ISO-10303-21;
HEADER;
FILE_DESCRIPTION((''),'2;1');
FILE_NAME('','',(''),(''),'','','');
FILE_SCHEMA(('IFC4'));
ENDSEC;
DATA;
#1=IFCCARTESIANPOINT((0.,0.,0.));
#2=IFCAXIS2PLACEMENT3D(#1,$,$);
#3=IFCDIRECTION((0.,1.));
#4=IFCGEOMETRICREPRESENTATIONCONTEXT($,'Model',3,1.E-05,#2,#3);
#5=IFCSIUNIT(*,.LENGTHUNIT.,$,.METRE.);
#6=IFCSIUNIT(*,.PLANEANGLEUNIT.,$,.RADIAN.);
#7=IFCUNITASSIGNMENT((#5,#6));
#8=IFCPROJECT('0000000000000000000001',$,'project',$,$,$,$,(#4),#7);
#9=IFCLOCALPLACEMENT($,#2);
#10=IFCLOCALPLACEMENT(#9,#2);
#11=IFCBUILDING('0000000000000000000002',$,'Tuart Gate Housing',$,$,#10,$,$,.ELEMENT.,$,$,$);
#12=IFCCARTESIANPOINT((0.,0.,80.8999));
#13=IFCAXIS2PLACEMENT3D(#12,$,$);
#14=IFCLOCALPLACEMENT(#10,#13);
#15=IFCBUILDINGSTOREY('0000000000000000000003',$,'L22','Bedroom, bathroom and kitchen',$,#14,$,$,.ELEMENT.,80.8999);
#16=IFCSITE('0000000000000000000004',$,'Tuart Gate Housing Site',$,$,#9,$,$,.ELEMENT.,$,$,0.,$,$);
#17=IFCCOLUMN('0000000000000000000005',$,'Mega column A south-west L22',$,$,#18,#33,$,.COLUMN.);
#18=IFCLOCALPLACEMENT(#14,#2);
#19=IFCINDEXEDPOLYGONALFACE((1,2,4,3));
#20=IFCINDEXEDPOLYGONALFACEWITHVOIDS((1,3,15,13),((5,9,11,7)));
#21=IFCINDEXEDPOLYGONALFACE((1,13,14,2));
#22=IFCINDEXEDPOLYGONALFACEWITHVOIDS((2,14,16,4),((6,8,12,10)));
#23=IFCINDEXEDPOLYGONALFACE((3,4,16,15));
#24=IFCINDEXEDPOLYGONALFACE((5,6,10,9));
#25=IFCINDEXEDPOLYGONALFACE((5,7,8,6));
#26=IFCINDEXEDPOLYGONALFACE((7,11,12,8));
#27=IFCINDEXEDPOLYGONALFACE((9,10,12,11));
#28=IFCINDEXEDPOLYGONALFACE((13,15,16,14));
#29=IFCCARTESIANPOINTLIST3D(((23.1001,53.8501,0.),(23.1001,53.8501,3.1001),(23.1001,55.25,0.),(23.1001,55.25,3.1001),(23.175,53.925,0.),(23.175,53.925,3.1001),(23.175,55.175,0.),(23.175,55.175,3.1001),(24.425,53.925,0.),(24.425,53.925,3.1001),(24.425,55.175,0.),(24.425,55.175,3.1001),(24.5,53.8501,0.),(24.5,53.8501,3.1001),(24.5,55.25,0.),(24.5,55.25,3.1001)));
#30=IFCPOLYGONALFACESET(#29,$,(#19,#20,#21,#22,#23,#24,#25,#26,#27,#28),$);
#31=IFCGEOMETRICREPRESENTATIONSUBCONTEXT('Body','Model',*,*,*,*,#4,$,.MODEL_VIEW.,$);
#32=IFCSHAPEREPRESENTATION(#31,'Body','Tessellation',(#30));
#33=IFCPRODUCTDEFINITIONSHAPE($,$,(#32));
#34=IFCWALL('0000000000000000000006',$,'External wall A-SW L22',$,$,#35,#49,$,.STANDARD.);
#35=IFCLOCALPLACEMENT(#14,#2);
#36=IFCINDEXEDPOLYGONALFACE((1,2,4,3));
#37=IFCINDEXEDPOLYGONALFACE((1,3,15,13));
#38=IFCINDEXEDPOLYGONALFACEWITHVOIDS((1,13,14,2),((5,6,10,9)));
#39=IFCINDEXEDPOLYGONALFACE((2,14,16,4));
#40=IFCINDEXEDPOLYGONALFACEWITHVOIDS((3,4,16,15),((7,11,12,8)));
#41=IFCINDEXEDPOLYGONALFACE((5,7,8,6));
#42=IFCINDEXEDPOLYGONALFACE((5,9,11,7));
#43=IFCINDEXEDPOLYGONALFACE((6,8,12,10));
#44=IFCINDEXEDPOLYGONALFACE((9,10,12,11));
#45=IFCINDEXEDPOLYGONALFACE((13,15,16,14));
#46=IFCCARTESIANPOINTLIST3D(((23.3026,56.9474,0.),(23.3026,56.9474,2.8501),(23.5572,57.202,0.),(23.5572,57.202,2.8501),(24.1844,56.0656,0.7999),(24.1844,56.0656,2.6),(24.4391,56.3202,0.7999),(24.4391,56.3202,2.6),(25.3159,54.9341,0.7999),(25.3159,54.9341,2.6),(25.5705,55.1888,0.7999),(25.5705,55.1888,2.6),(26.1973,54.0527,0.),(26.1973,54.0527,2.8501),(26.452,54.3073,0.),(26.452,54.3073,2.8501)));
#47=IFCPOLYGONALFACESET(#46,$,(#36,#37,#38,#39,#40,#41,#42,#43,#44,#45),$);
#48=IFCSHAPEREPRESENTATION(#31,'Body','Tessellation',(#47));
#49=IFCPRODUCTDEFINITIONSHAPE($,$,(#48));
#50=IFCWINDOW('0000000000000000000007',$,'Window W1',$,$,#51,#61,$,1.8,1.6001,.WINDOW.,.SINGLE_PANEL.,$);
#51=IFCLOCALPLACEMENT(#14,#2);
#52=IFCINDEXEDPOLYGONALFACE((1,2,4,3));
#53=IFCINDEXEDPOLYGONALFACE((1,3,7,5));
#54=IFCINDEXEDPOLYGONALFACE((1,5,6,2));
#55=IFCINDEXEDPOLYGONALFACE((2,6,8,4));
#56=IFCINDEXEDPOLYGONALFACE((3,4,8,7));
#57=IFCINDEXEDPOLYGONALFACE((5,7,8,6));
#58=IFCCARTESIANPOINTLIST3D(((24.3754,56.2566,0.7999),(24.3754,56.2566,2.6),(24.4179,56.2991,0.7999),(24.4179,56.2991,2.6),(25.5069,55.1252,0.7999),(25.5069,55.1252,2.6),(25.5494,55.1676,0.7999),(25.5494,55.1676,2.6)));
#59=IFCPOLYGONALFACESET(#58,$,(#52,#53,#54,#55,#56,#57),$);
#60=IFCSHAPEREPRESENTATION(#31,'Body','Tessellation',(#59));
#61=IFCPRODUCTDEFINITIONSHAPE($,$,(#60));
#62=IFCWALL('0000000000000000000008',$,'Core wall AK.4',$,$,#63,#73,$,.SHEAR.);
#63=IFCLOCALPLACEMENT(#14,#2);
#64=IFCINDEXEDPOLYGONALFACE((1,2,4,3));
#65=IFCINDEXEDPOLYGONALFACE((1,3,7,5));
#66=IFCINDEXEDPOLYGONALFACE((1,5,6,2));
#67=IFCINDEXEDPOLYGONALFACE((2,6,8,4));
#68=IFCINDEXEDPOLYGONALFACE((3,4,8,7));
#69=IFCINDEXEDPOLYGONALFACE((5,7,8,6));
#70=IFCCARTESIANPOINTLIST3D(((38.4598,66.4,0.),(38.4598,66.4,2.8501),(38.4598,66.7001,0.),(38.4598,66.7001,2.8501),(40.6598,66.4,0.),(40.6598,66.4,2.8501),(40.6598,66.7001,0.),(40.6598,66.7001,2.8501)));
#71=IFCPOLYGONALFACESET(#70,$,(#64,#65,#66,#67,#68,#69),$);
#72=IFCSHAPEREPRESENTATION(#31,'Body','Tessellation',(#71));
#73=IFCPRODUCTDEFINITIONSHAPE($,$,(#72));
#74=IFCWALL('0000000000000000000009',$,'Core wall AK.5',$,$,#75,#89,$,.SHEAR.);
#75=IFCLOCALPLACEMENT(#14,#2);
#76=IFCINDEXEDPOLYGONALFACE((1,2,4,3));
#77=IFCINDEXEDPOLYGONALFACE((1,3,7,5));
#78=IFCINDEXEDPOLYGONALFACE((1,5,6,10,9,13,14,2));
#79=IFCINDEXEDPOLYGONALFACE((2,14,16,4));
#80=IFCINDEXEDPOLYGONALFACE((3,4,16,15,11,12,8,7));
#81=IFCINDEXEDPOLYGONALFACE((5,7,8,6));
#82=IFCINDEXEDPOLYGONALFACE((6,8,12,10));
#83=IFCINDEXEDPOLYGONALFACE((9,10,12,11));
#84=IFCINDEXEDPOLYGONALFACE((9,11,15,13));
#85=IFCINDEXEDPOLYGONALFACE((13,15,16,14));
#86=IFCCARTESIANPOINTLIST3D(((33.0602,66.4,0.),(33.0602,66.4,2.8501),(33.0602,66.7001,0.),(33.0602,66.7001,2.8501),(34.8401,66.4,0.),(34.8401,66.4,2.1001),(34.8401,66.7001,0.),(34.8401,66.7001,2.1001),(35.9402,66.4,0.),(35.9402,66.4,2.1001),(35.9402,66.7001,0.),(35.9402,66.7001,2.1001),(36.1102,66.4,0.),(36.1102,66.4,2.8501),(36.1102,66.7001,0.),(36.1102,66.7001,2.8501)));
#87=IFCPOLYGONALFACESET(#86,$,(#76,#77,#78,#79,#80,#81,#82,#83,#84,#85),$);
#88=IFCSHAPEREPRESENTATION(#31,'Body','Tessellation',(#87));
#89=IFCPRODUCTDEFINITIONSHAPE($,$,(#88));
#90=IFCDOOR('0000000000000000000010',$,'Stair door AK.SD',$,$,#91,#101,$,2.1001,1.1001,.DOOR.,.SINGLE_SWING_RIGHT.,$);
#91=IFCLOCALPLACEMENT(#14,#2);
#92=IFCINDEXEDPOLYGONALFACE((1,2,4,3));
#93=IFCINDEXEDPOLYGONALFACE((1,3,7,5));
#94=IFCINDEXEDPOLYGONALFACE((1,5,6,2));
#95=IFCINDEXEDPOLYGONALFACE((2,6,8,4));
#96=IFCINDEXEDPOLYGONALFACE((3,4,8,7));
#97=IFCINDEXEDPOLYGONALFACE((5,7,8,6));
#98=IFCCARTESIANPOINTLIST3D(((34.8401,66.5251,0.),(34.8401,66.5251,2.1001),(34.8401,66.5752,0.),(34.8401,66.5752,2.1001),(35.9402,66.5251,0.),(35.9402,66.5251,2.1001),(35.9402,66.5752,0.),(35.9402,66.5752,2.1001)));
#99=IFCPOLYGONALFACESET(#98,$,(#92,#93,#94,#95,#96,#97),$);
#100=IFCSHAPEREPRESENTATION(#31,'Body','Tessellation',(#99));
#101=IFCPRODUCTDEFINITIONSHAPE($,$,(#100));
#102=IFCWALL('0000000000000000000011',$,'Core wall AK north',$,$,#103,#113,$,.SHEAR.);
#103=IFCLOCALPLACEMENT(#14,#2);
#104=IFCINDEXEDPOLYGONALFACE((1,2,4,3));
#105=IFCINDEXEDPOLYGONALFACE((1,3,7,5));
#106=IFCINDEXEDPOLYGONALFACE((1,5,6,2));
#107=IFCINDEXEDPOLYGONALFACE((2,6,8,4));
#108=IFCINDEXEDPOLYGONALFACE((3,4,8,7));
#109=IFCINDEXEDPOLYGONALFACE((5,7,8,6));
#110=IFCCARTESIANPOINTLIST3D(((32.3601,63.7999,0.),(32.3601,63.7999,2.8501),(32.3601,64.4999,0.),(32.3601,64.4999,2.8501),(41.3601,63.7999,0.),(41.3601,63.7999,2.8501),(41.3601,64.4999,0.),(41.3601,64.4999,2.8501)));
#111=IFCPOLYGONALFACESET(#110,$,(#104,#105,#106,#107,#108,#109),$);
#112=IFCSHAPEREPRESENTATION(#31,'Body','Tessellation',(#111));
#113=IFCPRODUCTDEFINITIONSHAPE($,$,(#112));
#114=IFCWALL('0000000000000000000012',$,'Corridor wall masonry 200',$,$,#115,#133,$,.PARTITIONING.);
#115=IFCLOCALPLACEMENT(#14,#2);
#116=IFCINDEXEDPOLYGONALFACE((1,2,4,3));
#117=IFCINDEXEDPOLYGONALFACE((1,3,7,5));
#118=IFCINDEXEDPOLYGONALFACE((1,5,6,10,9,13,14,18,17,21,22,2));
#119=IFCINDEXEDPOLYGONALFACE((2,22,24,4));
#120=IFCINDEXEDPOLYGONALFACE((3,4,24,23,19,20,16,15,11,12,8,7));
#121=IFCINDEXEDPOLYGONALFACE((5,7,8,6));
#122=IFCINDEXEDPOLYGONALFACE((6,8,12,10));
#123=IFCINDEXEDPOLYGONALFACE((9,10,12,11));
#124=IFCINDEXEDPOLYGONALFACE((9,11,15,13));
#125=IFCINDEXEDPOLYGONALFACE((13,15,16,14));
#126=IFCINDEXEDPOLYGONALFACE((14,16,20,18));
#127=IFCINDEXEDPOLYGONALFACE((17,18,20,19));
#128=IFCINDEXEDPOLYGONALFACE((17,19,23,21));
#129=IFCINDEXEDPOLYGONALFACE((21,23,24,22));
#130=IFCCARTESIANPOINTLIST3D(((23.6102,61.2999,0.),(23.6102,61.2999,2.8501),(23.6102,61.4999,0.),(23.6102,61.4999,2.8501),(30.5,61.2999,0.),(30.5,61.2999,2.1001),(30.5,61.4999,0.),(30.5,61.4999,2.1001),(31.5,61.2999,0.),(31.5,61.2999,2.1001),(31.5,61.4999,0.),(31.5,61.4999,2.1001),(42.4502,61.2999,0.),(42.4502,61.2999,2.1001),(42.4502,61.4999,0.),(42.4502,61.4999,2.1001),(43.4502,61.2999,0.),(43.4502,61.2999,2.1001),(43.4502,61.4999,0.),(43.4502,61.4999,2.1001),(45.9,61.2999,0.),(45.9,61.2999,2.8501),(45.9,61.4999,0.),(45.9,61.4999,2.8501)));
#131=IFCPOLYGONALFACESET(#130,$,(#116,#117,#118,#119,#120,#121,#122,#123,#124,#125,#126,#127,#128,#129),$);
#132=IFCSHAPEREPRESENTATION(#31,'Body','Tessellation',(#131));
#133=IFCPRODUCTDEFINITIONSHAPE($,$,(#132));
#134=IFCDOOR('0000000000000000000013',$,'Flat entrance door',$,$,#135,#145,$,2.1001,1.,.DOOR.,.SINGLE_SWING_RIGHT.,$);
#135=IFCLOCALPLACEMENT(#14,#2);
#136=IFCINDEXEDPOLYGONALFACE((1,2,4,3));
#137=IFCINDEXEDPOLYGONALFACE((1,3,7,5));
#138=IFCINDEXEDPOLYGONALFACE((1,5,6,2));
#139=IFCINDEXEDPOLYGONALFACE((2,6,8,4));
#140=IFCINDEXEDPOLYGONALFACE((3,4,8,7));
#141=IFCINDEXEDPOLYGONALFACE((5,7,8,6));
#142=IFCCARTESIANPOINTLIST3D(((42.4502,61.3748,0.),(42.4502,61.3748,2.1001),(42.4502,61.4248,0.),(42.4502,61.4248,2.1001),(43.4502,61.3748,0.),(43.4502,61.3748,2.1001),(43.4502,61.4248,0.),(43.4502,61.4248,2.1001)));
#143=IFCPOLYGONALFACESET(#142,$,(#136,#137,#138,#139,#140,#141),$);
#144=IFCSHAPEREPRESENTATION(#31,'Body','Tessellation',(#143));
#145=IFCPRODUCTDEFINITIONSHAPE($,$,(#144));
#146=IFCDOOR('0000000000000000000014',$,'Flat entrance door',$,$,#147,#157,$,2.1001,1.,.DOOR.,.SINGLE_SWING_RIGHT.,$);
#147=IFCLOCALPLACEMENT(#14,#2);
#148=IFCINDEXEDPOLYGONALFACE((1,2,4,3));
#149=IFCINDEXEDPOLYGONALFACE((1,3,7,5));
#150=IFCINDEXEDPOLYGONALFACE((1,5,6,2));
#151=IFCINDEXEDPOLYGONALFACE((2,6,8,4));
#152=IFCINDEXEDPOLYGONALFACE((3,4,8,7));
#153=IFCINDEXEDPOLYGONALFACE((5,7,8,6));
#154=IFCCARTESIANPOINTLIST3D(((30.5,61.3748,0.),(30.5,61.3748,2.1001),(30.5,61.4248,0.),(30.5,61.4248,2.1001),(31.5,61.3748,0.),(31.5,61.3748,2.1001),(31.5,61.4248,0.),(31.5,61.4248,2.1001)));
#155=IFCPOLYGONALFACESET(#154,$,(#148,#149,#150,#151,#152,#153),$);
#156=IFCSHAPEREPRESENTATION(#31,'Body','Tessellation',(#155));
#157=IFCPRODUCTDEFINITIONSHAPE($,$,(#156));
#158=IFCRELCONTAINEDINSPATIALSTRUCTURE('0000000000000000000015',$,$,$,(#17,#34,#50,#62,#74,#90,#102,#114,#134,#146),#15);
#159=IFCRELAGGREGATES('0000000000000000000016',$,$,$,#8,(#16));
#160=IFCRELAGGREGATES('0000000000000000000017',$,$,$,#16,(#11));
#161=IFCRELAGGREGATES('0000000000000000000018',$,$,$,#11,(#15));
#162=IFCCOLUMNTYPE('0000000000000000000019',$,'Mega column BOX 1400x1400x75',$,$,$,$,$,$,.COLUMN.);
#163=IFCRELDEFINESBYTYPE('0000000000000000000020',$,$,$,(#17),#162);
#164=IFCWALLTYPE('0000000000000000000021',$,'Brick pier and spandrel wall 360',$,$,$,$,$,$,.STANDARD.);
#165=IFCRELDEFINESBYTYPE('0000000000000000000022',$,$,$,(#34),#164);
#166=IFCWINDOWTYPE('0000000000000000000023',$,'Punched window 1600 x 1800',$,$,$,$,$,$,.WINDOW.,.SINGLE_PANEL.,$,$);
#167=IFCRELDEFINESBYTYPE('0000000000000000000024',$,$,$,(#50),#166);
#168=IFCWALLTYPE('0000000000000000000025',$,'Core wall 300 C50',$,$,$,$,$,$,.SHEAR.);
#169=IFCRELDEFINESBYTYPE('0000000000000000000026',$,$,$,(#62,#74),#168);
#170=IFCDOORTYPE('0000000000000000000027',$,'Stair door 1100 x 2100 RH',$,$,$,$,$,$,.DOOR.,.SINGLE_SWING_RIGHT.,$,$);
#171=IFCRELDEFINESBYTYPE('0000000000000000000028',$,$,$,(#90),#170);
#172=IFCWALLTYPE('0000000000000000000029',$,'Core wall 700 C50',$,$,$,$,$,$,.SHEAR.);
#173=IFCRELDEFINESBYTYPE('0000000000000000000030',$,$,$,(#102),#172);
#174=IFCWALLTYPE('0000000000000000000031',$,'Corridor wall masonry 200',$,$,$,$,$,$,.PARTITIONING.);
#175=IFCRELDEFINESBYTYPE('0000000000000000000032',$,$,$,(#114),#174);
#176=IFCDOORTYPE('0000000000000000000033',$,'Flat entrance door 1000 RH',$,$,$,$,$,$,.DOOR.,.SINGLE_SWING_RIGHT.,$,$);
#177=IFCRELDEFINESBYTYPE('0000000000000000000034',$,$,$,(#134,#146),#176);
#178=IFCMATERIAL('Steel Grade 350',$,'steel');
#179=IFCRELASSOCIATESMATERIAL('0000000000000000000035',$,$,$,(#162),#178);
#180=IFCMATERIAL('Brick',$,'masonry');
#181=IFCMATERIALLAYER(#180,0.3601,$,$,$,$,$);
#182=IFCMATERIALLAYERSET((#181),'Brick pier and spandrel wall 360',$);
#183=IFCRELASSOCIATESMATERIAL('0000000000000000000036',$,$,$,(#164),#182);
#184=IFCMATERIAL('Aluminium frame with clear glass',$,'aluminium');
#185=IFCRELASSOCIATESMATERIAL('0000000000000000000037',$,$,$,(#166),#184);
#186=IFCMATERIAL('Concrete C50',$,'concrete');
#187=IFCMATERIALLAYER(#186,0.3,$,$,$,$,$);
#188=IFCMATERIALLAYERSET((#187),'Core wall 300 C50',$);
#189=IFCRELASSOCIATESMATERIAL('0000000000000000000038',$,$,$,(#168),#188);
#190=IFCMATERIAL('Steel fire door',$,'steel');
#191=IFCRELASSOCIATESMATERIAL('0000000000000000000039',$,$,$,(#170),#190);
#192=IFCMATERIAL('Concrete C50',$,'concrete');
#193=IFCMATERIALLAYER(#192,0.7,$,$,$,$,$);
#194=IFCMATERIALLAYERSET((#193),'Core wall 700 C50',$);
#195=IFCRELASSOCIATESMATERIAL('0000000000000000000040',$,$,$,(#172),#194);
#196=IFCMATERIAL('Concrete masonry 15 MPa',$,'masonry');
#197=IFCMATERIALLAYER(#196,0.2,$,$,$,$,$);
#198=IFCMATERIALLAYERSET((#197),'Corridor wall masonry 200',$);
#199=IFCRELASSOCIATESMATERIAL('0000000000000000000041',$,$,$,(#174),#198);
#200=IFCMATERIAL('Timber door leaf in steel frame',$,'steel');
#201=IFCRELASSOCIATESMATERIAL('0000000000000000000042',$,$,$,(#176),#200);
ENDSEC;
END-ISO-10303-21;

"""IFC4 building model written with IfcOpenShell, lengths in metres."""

from ifc_helpers import new_model, si_unit, direction, frame, frame_2d, origin, origin_2d, place, context, subcontext, project, spatial, rectangle, hollow_rectangle, extrude, material, layer, layer_set, material_profile, profile_set, type_object, element, fill, save


model = new_model("IFC4")

# Units and contexts
model_context = context("Model", 3, precision=1e-05, world=origin(), true_north=direction((0.0, 1.0)))
body_context = subcontext(model_context, "Body", "Model", "MODEL_VIEW")
ifc_project = project(units=[si_unit("LENGTHUNIT", "METRE"), si_unit("PLANEANGLEUNIT", "RADIAN")], contexts=[model_context])

# Site, building, storey
site_placement = place(None, origin())
site = spatial("IfcSite", under=ifc_project, at=site_placement, Name="Tuart Gate Housing Site", CompositionType="ELEMENT", RefElevation=0.0)
building_placement = place(site_placement, origin())
building = spatial("IfcBuilding", under=site, at=building_placement, Name="Tuart Gate Housing", CompositionType="ELEMENT")
storey_placement = place(building_placement, frame((0.0, 0.0, 80.8999)))
storey = spatial("IfcBuildingStorey", under=building, at=storey_placement, Name="L22", Description="Bedroom, bathroom and kitchen", CompositionType="ELEMENT", Elevation=80.8999)

# Column
ifc_material_1 = material(Name="Steel Grade 350", Category="steel")
ifc_material_profile = material_profile(ifc_material_1, hollow_rectangle(XDim=1.3999, YDim=1.3999, WallThickness=0.075, at=origin_2d()), Name="BOX 1400x1400x75")
ifc_profile_set = profile_set([ifc_material_profile], Name="Steel Grade 350")
column_type = type_object("IfcColumnType", Name="Mega column BOX 1400x1400x75", PredefinedType="COLUMN", material=ifc_profile_set)
column_placement = place(storey_placement, frame((23.8, 54.55, 0.0), z_axis=(0.0, 0.0, 1.0), x_axis=(1.0, 0.0, 0.0)))
element("IfcColumn", 1, at=column_placement, inside=storey, type_object=column_type, Name="Mega column A south-west L22", PredefinedType="COLUMN", context=body_context, shape_type="SweptSolid", body=[
    extrude(hollow_rectangle(XDim=1.3999, YDim=1.3999, WallThickness=0.075, at=origin_2d()), origin(), (0.0, 0.0, 1.0), 3.1001),
])

# Wall, opening, window
ifc_material_2 = material(Name="Brick", Category="masonry")
ifc_layer_1 = layer(ifc_material_2, 0.3601)
ifc_layer_set_1 = layer_set([ifc_layer_1], Name="Brick pier and spandrel wall 360")
wall_type_1 = type_object("IfcWallType", Name="Brick pier and spandrel wall 360", PredefinedType="STANDARD", material=ifc_layer_set_1)
wall_1_placement = place(storey_placement, frame((23.4299, 57.0747, 0.0), z_axis=(0.0, 0.0, 1.0), x_axis=(0.707107, -0.707107, 0.0)))
wall_1 = element("IfcWall", 2, at=wall_1_placement, inside=storey, type_object=wall_type_1, Name="External wall A-SW L22", PredefinedType="STANDARD", context=body_context, shape_type="SweptSolid", body=[
    extrude(rectangle(XDim=4.0938, YDim=0.3601, at=frame_2d((2.0469, 0.0))), origin(), (0.0, 0.0, 1.0), 2.8501),
])
opening_1_placement = place(wall_1_placement, frame((1.2471, 0.0, 0.8)))
opening_1 = element("IfcOpeningElement", 3, at=opening_1_placement, cuts=wall_1, PredefinedType="OPENING", context=body_context, shape_type="SweptSolid", body=[
    extrude(rectangle(XDim=1.6001, YDim=1.8, at=frame_2d((0.8, 0.8999))), frame((0.0, 0.1899, 0.0), z_axis=(0.0, -1.0, 0.0), x_axis=(1.0, 0.0, 0.0)), (0.0, 0.0, 1.0), 0.3801),
])
ifc_material_3 = material(Name="Aluminium frame with clear glass", Category="aluminium")
window_type = type_object("IfcWindowType", Name="Punched window 1600 x 1800", PartitioningType="SINGLE_PANEL", PredefinedType="WINDOW", material=ifc_material_3)
window_placement = place(opening_1_placement, origin())
window = element("IfcWindow", 4, at=window_placement, inside=storey, type_object=window_type, Name="Window W1", OverallHeight=1.8, OverallWidth=1.6001, PartitioningType="SINGLE_PANEL", PredefinedType="WINDOW", context=body_context, shape_type="SweptSolid", body=[
    extrude(rectangle(XDim=1.6001, YDim=1.8, at=frame_2d((0.8, 0.8999))), frame((0.0, 0.1501, 0.0), z_axis=(0.0, -1.0, 0.0), x_axis=(1.0, 0.0, 0.0)), (0.0, 0.0, 1.0), 0.0601),
])
fill(opening_1, window)

# Wall
ifc_material_4 = material(Name="Concrete C50", Category="concrete")
ifc_layer_2 = layer(ifc_material_4, 0.3)
ifc_layer_set_2 = layer_set([ifc_layer_2], Name="Core wall 300 C50")
wall_type_2 = type_object("IfcWallType", Name="Core wall 300 C50", PredefinedType="SHEAR", material=ifc_layer_set_2)
wall_2_placement = place(storey_placement, frame((40.6599, 66.55, 0.0), z_axis=(0.0, 0.0, 1.0), x_axis=(-1.0, 0.0, 0.0)))
element("IfcWall", 5, at=wall_2_placement, inside=storey, type_object=wall_type_2, Name="Core wall AK.4", PredefinedType="SHEAR", context=body_context, shape_type="SweptSolid", body=[
    extrude(rectangle(XDim=2.2, YDim=0.3, at=frame_2d((1.1001, 0.0))), origin(), (0.0, 0.0, 1.0), 2.8501),
])

# Wall, opening, door
wall_3_placement = place(storey_placement, frame((36.1101, 66.55, 0.0), z_axis=(0.0, 0.0, 1.0), x_axis=(-1.0, 0.0, 0.0)))
wall_3 = element("IfcWall", 6, at=wall_3_placement, inside=storey, type_object=wall_type_2, Name="Core wall AK.5", PredefinedType="SHEAR", context=body_context, shape_type="SweptSolid", body=[
    extrude(rectangle(XDim=3.05, YDim=0.3, at=frame_2d((1.5249, 0.0))), origin(), (0.0, 0.0, 1.0), 2.8501),
])
opening_2_placement = place(wall_3_placement, frame((0.1699, 0.0, 0.0)))
opening_2 = element("IfcOpeningElement", 7, at=opening_2_placement, cuts=wall_3, PredefinedType="OPENING", context=body_context, shape_type="SweptSolid", body=[
    extrude(rectangle(XDim=1.1001, YDim=2.1001, at=frame_2d((0.55, 1.05))), frame((0.0, 0.1599, 0.0), z_axis=(0.0, -1.0, 0.0), x_axis=(1.0, 0.0, 0.0)), (0.0, 0.0, 1.0), 0.3201),
])
ifc_material_5 = material(Name="Steel fire door", Category="steel")
door_type_1 = type_object("IfcDoorType", Name="Stair door 1100 x 2100 RH", OperationType="SINGLE_SWING_RIGHT", PredefinedType="DOOR", material=ifc_material_5)
door_1_placement = place(opening_2_placement, frame((1.1001, 0.0, 0.0), z_axis=(0.0, 0.0, 1.0), x_axis=(-1.0, 0.0, 0.0)))
door_1 = element("IfcDoor", 8, at=door_1_placement, inside=storey, type_object=door_type_1, Name="Stair door AK.SD", OperationType="SINGLE_SWING_RIGHT", OverallHeight=2.1001, OverallWidth=1.1001, PredefinedType="DOOR", context=body_context, shape_type="SweptSolid", body=[
    extrude(rectangle(XDim=1.1001, YDim=2.1001, at=frame_2d((0.55, 1.05))), frame((0.0, 0.0251, 0.0), z_axis=(0.0, -1.0, 0.0), x_axis=(1.0, 0.0, 0.0)), (0.0, 0.0, 1.0), 0.05),
])
fill(opening_2, door_1)

# Wall
ifc_material_6 = material(Name="Concrete C50", Category="concrete")
ifc_layer_3 = layer(ifc_material_6, 0.7)
ifc_layer_set_3 = layer_set([ifc_layer_3], Name="Core wall 700 C50")
wall_type_3 = type_object("IfcWallType", Name="Core wall 700 C50", PredefinedType="SHEAR", material=ifc_layer_set_3)
wall_4_placement = place(storey_placement, frame((41.3601, 64.1499, 0.0), z_axis=(0.0, 0.0, 1.0), x_axis=(-1.0, 0.0, 0.0)))
element("IfcWall", 9, at=wall_4_placement, inside=storey, type_object=wall_type_3, Name="Core wall AK north", PredefinedType="SHEAR", context=body_context, shape_type="SweptSolid", body=[
    extrude(rectangle(XDim=9.0, YDim=0.7, at=frame_2d((4.5, 0.0))), origin(), (0.0, 0.0, 1.0), 2.8501),
])

# Wall, openings, doors
ifc_material_7 = material(Name="Concrete masonry 15 MPa", Category="masonry")
ifc_layer_4 = layer(ifc_material_7, 0.2)
ifc_layer_set_4 = layer_set([ifc_layer_4], Name="Corridor wall masonry 200")
wall_type_4 = type_object("IfcWallType", Name="Corridor wall masonry 200", PredefinedType="PARTITIONING", material=ifc_layer_set_4)
wall_5_placement = place(storey_placement, frame((23.6101, 61.3999, 0.0), z_axis=(0.0, 0.0, 1.0), x_axis=(1.0, 0.0, 0.0)))
wall_5 = element("IfcWall", 10, at=wall_5_placement, inside=storey, type_object=wall_type_4, Name="Corridor wall masonry 200", PredefinedType="PARTITIONING", context=body_context, shape_type="SweptSolid", body=[
    extrude(rectangle(XDim=22.2898, YDim=0.2, at=frame_2d((11.145, 0.0))), origin(), (0.0, 0.0, 1.0), 2.8501),
])
opening_3_placement = place(wall_5_placement, frame((18.8401, 0.0, 0.0)))
opening_3 = element("IfcOpeningElement", 11, at=opening_3_placement, cuts=wall_5, PredefinedType="OPENING", context=body_context, shape_type="SweptSolid", body=[
    extrude(rectangle(XDim=1.0, YDim=2.1001, at=frame_2d((0.5, 1.05))), frame((0.0, 0.1099, 0.0), z_axis=(0.0, -1.0, 0.0), x_axis=(1.0, 0.0, 0.0)), (0.0, 0.0, 1.0), 0.22),
])
opening_4_placement = place(wall_5_placement, frame((6.8899, 0.0, 0.0)))
opening_4 = element("IfcOpeningElement", 12, at=opening_4_placement, cuts=wall_5, PredefinedType="OPENING", context=body_context, shape_type="SweptSolid", body=[
    extrude(rectangle(XDim=1.0, YDim=2.1001, at=frame_2d((0.5, 1.05))), frame((0.0, 0.1099, 0.0), z_axis=(0.0, -1.0, 0.0), x_axis=(1.0, 0.0, 0.0)), (0.0, 0.0, 1.0), 0.22),
])
ifc_material_8 = material(Name="Timber door leaf in steel frame", Category="steel")
door_type_2 = type_object("IfcDoorType", Name="Flat entrance door 1000 RH", OperationType="SINGLE_SWING_RIGHT", PredefinedType="DOOR", material=ifc_material_8)
door_2_placement = place(opening_3_placement, frame((1.0, 0.0, 0.0), z_axis=(0.0, 0.0, 1.0), x_axis=(-1.0, 0.0, 0.0)))
door_2 = element("IfcDoor", 13, at=door_2_placement, inside=storey, type_object=door_type_2, Name="Flat entrance door", OperationType="SINGLE_SWING_RIGHT", OverallHeight=2.1001, OverallWidth=1.0, PredefinedType="DOOR", context=body_context, shape_type="SweptSolid", body=[
    extrude(rectangle(XDim=1.0, YDim=2.1001, at=frame_2d((0.5, 1.05))), frame((0.0, 0.0251, 0.0), z_axis=(0.0, -1.0, 0.0), x_axis=(1.0, 0.0, 0.0)), (0.0, 0.0, 1.0), 0.05),
])
fill(opening_3, door_2)
door_3_placement = place(opening_4_placement, frame((1.0, 0.0, 0.0), z_axis=(0.0, 0.0, 1.0), x_axis=(-1.0, 0.0, 0.0)))
door_3 = element("IfcDoor", 14, at=door_3_placement, inside=storey, type_object=door_type_2, Name="Flat entrance door", OperationType="SINGLE_SWING_RIGHT", OverallHeight=2.1001, OverallWidth=1.0, PredefinedType="DOOR", context=body_context, shape_type="SweptSolid", body=[
    extrude(rectangle(XDim=1.0, YDim=2.1001, at=frame_2d((0.5, 1.05))), frame((0.0, 0.0251, 0.0), z_axis=(0.0, -1.0, 0.0), x_axis=(1.0, 0.0, 0.0)), (0.0, 0.0, 1.0), 0.05),
])
fill(opening_4, door_3)

save(model, "model.ifc")
